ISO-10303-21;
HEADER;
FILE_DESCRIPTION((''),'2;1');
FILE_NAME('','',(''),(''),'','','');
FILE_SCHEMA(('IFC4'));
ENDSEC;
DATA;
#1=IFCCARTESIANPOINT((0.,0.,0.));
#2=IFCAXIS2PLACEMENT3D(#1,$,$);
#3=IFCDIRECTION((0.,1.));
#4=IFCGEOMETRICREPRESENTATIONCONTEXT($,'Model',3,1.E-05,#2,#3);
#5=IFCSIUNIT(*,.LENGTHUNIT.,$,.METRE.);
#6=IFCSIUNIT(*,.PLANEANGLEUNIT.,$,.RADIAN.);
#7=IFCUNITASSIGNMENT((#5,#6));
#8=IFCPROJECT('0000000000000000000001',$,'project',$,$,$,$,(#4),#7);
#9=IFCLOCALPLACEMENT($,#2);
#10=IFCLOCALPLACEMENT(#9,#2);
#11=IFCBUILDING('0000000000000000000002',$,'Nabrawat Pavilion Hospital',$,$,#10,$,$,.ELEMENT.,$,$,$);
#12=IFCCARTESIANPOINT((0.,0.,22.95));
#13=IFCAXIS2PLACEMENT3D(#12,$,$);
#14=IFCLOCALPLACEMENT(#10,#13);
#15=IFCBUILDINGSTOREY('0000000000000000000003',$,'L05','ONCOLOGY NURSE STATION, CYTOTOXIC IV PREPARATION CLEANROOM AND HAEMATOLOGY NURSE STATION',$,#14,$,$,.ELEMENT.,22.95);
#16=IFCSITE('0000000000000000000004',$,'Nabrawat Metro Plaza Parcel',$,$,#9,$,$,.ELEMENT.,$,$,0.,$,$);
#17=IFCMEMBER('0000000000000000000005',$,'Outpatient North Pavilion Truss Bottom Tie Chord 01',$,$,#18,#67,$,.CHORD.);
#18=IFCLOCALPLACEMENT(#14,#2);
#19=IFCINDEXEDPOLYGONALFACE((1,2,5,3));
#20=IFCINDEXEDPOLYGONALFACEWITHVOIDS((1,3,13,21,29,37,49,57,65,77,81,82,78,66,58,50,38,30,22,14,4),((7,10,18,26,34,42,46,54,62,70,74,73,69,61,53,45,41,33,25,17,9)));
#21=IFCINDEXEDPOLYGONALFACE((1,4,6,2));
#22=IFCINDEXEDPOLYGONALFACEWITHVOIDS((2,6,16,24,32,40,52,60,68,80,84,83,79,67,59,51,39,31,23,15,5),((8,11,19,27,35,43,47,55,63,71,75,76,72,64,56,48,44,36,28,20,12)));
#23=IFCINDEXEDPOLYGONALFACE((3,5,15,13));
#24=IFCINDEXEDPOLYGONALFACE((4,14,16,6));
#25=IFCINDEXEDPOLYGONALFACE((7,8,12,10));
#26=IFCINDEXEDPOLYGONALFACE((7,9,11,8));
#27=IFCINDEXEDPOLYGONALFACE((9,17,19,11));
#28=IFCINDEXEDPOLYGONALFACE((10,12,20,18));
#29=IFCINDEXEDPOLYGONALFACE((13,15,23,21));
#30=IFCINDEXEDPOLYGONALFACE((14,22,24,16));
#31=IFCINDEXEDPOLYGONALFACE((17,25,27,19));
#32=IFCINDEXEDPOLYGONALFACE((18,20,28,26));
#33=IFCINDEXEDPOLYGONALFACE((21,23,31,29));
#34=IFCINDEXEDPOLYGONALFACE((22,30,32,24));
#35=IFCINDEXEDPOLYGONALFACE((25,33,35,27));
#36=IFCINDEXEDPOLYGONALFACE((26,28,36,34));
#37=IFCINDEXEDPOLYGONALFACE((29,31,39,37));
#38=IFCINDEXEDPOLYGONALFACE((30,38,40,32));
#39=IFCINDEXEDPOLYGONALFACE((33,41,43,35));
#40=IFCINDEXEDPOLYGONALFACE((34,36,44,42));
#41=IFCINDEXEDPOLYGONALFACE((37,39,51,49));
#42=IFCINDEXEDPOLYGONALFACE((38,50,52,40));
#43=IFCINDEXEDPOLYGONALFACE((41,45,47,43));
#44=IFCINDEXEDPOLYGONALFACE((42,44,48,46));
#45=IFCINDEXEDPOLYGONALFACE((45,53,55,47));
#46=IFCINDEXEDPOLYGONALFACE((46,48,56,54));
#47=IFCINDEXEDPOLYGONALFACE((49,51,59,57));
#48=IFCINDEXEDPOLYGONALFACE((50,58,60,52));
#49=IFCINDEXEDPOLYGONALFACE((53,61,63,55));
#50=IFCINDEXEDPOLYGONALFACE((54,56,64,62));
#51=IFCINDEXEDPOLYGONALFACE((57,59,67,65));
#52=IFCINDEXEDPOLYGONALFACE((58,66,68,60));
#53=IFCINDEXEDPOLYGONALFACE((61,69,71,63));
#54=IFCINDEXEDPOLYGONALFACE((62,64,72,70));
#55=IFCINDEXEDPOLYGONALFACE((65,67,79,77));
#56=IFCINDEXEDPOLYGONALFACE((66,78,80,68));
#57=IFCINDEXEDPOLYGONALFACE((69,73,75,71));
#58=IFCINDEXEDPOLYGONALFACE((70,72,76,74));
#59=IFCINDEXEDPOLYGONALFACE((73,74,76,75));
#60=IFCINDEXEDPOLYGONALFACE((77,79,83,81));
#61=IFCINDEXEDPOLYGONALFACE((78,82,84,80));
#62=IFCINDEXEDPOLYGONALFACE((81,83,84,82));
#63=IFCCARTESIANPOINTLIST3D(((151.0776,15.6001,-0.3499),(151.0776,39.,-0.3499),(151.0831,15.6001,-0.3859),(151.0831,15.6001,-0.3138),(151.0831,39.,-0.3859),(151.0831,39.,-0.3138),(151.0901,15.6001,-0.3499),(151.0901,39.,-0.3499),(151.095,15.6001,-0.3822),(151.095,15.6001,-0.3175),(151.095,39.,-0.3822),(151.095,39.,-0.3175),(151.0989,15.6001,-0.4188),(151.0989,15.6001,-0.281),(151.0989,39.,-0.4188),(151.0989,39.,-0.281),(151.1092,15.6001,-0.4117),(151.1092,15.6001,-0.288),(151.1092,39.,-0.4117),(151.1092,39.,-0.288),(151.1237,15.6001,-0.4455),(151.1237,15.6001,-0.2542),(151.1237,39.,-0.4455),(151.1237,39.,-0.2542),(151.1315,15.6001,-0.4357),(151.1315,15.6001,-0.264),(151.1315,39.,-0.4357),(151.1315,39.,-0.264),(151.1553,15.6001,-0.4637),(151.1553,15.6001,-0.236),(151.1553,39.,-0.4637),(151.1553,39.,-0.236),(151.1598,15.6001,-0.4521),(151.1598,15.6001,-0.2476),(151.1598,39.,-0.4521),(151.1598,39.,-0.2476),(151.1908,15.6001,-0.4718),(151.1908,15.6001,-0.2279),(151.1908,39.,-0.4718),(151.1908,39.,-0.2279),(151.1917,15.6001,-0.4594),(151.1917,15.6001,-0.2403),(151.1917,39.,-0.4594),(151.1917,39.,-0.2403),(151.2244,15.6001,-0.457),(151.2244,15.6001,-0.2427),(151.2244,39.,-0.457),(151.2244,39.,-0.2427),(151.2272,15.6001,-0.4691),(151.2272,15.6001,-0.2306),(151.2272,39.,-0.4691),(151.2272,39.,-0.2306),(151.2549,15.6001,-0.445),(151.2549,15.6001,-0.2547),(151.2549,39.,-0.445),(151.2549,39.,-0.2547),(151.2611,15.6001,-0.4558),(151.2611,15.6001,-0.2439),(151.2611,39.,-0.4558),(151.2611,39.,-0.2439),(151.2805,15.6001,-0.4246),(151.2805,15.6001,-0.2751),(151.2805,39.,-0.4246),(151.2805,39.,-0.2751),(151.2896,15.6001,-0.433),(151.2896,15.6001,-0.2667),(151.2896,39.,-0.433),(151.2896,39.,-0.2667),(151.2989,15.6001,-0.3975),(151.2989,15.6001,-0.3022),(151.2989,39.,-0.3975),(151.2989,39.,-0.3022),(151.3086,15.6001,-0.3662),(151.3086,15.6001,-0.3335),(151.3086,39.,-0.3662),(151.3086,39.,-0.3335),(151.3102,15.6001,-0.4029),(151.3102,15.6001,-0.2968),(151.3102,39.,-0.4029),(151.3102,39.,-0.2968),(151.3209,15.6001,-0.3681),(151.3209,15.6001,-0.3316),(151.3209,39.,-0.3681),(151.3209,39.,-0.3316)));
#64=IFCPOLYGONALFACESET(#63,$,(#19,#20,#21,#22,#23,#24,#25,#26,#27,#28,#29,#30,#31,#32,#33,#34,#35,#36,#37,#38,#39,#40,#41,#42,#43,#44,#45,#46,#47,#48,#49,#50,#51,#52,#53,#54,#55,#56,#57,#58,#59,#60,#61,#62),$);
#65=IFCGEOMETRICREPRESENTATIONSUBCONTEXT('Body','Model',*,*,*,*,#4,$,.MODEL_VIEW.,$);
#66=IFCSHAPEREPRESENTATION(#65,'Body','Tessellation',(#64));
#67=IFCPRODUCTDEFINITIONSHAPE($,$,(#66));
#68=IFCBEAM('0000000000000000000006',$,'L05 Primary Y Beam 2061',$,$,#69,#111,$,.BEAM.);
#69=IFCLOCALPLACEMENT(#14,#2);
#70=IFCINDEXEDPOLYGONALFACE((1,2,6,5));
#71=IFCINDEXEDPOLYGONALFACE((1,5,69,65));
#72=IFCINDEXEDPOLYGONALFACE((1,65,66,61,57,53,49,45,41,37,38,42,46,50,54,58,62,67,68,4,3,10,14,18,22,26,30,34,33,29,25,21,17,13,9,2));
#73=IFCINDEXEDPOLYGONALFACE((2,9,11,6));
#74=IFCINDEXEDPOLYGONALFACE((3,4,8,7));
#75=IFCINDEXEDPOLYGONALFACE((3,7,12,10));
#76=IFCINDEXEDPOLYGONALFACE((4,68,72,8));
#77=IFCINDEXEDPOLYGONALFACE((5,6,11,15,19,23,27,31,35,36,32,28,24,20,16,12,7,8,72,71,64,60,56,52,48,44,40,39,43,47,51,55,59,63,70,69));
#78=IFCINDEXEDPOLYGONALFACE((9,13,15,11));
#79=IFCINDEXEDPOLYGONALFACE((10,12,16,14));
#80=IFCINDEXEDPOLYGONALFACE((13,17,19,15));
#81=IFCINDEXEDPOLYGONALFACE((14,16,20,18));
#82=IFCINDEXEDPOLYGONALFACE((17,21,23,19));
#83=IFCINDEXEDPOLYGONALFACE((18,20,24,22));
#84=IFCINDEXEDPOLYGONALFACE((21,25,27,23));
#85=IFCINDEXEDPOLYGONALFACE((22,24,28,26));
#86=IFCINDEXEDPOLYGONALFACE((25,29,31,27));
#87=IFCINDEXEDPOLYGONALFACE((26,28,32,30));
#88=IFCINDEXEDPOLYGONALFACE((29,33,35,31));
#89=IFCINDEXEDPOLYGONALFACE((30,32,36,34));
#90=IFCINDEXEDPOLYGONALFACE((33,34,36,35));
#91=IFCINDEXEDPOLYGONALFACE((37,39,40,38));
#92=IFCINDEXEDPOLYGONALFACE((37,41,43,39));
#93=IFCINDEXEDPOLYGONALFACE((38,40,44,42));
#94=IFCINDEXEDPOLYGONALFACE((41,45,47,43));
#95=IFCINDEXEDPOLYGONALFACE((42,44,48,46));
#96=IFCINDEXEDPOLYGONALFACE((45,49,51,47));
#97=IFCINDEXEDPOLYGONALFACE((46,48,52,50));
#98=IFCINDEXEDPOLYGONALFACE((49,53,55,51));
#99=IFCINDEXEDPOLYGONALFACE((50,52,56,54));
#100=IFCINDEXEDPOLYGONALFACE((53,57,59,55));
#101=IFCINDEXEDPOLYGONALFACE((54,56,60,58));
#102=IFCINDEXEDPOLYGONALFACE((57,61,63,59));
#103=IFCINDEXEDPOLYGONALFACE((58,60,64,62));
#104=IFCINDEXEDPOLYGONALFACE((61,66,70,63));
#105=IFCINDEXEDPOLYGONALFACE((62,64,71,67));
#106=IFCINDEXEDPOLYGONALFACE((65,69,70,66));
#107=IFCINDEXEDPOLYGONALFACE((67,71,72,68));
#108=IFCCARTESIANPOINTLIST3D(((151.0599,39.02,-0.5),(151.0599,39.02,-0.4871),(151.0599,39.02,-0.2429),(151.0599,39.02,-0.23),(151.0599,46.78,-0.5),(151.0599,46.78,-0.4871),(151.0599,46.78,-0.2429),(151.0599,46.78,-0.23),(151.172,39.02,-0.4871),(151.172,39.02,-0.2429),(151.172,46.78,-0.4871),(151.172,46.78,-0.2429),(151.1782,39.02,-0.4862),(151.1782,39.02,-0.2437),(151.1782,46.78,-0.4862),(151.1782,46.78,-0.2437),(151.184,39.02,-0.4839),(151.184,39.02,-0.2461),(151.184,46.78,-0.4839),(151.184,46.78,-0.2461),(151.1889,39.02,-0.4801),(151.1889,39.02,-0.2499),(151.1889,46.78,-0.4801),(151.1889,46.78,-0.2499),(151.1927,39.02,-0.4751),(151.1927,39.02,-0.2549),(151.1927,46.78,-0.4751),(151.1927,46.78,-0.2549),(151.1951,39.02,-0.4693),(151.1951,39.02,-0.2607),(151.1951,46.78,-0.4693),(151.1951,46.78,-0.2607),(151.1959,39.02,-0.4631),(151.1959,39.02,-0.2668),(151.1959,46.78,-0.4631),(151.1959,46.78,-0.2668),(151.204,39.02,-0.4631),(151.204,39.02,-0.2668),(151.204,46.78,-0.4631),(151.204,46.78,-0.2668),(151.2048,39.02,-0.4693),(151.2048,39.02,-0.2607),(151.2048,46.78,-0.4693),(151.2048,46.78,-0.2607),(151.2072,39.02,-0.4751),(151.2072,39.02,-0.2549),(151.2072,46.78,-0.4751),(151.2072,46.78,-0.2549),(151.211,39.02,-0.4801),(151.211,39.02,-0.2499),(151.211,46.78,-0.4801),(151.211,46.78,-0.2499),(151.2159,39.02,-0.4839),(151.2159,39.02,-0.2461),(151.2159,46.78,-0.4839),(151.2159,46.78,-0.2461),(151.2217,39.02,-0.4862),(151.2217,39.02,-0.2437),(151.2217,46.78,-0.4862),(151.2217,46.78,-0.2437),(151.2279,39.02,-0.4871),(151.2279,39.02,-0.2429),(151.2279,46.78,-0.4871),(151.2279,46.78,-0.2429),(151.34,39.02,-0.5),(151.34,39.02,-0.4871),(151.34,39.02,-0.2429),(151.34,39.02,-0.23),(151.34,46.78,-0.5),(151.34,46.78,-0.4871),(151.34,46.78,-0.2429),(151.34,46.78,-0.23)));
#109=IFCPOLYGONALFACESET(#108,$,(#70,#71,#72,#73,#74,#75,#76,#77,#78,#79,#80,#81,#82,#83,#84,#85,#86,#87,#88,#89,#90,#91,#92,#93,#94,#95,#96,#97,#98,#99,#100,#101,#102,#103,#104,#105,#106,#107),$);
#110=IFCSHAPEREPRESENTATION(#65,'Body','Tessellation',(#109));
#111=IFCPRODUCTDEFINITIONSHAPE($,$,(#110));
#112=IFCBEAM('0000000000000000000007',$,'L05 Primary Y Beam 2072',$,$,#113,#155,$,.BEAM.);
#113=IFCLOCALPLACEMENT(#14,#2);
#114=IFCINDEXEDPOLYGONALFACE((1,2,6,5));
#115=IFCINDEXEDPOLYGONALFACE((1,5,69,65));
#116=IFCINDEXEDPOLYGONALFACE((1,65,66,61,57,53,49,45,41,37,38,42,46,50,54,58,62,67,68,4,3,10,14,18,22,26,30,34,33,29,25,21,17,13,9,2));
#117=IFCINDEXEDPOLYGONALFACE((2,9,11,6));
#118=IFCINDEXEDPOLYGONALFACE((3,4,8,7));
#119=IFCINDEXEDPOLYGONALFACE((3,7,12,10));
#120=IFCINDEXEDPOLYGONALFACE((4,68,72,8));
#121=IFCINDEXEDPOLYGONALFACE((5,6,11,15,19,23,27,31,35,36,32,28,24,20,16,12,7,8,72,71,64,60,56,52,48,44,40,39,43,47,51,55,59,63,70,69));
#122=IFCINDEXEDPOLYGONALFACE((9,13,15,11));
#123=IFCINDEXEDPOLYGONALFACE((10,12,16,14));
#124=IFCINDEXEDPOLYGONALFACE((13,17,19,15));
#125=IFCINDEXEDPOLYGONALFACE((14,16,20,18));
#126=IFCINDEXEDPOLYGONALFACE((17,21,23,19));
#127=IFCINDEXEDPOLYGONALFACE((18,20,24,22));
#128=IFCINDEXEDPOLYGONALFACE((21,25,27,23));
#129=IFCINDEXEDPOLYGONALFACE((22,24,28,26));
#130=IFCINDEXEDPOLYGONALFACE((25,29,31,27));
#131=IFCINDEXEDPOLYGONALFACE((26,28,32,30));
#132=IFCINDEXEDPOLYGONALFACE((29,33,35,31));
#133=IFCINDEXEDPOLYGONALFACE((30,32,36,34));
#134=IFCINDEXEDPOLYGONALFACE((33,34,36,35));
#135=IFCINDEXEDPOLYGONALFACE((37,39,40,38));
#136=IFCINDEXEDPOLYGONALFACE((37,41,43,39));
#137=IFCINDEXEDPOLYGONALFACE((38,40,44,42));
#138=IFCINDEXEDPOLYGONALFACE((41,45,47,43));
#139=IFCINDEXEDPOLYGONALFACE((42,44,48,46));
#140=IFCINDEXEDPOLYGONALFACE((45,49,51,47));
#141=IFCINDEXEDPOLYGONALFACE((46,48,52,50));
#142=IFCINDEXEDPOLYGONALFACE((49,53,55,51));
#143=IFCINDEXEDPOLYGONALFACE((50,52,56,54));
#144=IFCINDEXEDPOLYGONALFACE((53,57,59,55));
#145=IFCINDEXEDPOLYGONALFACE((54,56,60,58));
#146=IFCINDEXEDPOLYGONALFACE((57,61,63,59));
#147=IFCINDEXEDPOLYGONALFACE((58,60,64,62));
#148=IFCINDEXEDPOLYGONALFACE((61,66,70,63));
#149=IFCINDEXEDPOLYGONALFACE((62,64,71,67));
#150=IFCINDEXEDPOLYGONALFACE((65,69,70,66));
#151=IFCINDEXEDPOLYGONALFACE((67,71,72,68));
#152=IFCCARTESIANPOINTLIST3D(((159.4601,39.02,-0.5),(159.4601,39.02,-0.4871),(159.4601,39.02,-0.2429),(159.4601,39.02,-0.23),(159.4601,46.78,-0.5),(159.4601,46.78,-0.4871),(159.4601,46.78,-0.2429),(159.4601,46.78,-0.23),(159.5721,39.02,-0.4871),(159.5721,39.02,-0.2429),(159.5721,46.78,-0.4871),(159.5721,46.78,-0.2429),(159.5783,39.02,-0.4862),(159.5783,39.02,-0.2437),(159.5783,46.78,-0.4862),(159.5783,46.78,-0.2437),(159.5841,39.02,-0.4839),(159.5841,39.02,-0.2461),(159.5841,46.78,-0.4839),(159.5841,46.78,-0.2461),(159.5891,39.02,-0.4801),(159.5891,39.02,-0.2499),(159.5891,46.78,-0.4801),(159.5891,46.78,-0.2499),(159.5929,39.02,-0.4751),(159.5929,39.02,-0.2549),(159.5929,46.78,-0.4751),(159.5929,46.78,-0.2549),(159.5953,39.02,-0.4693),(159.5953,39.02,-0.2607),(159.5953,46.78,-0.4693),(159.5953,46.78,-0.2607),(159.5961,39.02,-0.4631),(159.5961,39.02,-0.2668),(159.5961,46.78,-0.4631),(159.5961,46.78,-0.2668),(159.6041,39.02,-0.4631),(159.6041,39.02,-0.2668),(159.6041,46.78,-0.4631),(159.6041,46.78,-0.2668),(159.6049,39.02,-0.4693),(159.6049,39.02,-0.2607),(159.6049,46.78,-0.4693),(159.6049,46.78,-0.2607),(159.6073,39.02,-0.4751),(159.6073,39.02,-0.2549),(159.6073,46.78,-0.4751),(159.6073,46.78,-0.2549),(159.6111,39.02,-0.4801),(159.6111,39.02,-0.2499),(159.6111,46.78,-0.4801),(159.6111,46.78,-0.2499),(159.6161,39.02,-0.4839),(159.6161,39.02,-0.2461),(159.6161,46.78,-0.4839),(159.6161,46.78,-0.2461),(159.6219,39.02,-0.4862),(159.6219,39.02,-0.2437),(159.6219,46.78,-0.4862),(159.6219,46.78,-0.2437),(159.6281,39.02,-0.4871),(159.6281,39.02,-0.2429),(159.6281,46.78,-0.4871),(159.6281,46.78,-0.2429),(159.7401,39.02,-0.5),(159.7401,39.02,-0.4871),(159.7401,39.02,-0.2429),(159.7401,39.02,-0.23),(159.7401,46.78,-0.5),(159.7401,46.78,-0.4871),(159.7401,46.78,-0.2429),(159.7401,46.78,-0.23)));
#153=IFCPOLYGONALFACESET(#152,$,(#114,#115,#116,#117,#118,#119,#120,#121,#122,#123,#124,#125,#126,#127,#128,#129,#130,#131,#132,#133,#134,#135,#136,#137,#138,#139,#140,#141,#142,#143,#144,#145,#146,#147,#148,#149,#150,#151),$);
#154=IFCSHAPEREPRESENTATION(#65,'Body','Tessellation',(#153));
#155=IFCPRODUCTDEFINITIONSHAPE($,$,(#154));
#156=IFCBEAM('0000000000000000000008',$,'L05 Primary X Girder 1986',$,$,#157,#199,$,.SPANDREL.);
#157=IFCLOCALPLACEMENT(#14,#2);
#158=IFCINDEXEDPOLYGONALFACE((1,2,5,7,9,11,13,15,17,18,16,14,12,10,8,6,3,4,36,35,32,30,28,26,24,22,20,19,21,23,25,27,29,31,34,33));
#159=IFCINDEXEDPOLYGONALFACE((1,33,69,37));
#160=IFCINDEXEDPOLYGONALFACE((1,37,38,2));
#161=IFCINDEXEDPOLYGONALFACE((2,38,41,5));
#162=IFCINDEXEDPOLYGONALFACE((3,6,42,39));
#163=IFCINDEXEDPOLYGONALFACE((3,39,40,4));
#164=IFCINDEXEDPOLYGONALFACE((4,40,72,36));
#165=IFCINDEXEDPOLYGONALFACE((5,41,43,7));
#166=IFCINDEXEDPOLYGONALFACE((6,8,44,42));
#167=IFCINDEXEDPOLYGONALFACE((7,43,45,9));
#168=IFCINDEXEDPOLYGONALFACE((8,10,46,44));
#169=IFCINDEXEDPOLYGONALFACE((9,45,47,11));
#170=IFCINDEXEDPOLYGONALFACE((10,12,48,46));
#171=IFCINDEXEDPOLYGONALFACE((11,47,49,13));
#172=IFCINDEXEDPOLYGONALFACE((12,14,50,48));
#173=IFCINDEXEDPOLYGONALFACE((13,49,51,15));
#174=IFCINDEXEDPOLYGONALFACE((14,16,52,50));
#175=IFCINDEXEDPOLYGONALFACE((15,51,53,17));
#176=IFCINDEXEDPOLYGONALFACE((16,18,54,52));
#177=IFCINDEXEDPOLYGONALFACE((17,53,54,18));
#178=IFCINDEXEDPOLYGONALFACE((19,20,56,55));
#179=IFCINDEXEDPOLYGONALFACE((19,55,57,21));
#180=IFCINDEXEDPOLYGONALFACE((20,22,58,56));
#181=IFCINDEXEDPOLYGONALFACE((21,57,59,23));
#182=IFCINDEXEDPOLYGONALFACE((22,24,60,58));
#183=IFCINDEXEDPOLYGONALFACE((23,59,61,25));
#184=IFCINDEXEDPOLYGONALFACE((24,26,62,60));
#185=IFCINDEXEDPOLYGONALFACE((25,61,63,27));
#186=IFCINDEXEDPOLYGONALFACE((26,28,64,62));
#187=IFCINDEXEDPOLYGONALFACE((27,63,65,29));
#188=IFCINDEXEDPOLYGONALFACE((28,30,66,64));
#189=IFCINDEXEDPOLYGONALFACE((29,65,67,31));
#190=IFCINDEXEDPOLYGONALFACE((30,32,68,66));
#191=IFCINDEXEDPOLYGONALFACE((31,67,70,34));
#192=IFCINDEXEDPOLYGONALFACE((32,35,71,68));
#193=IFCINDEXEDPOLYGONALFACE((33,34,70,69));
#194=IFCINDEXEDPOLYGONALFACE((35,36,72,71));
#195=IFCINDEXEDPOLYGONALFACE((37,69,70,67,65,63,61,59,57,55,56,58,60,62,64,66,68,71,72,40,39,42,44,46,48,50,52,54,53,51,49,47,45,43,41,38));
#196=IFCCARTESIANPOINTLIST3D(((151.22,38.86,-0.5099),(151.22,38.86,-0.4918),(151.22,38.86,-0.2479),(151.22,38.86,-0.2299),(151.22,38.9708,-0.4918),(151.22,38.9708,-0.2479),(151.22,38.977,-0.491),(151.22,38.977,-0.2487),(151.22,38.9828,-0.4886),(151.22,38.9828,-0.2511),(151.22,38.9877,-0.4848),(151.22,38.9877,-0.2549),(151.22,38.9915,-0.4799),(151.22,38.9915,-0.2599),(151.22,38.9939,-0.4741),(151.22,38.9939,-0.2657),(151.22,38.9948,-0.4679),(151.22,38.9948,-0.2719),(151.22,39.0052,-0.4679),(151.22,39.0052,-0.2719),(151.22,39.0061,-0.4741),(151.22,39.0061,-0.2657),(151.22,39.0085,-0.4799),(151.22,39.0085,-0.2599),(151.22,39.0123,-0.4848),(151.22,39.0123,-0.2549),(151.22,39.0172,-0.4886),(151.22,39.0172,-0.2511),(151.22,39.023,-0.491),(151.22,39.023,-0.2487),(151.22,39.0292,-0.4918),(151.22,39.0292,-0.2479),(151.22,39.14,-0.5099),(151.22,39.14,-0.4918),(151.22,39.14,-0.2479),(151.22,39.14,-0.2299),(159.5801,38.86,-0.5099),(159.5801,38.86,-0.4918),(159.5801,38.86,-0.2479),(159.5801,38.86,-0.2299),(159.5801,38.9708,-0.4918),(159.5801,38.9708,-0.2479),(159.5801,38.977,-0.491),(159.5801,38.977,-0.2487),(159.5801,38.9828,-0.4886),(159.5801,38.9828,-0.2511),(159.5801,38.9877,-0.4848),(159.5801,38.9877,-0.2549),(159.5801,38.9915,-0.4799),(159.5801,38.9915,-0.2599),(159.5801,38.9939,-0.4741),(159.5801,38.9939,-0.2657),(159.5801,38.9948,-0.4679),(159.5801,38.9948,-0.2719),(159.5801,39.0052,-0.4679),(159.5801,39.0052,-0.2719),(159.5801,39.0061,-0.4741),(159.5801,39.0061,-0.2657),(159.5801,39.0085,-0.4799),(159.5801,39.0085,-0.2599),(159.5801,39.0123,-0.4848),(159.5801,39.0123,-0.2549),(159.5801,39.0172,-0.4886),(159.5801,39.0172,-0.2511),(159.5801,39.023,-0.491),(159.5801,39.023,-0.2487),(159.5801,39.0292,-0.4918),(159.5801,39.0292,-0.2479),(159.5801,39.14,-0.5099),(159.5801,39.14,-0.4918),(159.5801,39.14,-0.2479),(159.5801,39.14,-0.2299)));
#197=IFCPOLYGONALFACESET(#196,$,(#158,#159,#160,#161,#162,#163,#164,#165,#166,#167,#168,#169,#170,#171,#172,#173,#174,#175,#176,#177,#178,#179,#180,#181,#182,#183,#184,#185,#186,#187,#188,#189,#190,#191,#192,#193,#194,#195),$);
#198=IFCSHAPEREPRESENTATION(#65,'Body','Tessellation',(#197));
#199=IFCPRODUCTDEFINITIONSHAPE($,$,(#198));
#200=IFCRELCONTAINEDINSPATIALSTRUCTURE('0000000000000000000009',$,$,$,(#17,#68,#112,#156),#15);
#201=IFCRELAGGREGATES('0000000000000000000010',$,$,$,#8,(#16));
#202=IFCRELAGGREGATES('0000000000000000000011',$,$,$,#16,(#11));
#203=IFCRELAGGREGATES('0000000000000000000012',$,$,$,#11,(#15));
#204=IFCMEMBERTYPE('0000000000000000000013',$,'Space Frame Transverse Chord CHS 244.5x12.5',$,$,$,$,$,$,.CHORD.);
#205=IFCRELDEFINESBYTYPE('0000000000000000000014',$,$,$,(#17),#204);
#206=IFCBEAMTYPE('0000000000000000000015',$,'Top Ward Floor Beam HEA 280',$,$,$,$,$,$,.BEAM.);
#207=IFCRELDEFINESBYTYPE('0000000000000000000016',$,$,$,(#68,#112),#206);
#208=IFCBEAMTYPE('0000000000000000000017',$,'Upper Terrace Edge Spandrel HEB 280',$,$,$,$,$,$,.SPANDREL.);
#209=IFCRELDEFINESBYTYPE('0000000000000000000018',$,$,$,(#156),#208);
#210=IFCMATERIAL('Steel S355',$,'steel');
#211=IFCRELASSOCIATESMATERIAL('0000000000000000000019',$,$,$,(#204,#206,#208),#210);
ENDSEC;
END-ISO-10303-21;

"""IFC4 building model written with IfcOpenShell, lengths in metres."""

from ifc_helpers import new_model, si_unit, direction, frame, origin, origin_2d, place, context, subcontext, project, spatial, hollow_circle, i_section, extrude, material, material_profile, profile_set, type_object, element, save


model = new_model("IFC4")

# Units and contexts
model_context = context("Model", 3, precision=1e-05, world=origin(), true_north=direction((0.0, 1.0)))
body_context = subcontext(model_context, "Body", "Model", "MODEL_VIEW")
ifc_project = project(units=[si_unit("LENGTHUNIT", "METRE"), si_unit("PLANEANGLEUNIT", "RADIAN")], contexts=[model_context])

# Site, building, storey
site_placement = place(None, origin())
site = spatial("IfcSite", under=ifc_project, at=site_placement, Name="Nabrawat Metro Plaza Parcel", CompositionType="ELEMENT", RefElevation=0.0)
building_placement = place(site_placement, origin())
building = spatial("IfcBuilding", under=site, at=building_placement, Name="Nabrawat Pavilion Hospital", CompositionType="ELEMENT")
storey_placement = place(building_placement, frame((0.0, 0.0, 22.95)))
storey = spatial("IfcBuildingStorey", under=building, at=storey_placement, Name="L05", Description="ONCOLOGY NURSE STATION, CYTOTOXIC IV PREPARATION CLEANROOM AND HAEMATOLOGY NURSE STATION", CompositionType="ELEMENT", Elevation=22.95)

# Member
ifc_material_1 = material(Name="Steel S355", Category="steel")
ifc_material_profile_1 = material_profile(ifc_material_1, hollow_circle(Radius=0.1223, WallThickness=0.0125, at=origin_2d()), Name="CHS 244.5x12.5")
ifc_profile_set_1 = profile_set([ifc_material_profile_1], Name="Steel S355")
member_type_1 = type_object("IfcMemberType", Name="Space Frame Transverse Chord CHS 244.5x12.5", PredefinedType="CHORD", material=ifc_profile_set_1)
member_1_placement = place(storey_placement, frame((151.2, 15.6001, -0.3499), z_axis=(0.0, 1.0, 0.0), x_axis=(-1.0, 0.0, 0.0)))
element("IfcMember", 1, at=member_1_placement, inside=storey, type_object=member_type_1, Name="Outpatient North Pavilion Truss Bottom Tie Chord 01", PredefinedType="CHORD", context=body_context, shape_type="SweptSolid", body=[
    extrude(hollow_circle(Radius=0.1223, WallThickness=0.0125, at=origin_2d()), origin(), (0.0, 0.0, 1.0), 23.3999),
])

# Beams
ifc_material_profile_2 = material_profile(ifc_material_1, i_section(OverallWidth=0.28, OverallDepth=0.27, WebThickness=0.0081, FlangeThickness=0.0129, FilletRadius=0.0239, at=origin_2d()), Name="HEA 280")
ifc_profile_set_2 = profile_set([ifc_material_profile_2], Name="Steel S355")
beam_type_1 = type_object("IfcBeamType", Name="Top Ward Floor Beam HEA 280", PredefinedType="BEAM", material=ifc_profile_set_2)
for number, where, z_axis, x_axis, name in (
    (2, (151.2, 39.02, -0.365), (0.0, 1.0, 0.0), (-1.0, 0.0, 0.0), "L05 Primary Y Beam 2061"),
    (3, (159.6001, 39.02, -0.365), (0.0, 1.0, 0.0), (-1.0, 0.0, 0.0), "L05 Primary Y Beam 2072"),
):
    element("IfcBeam", number, at=place(storey_placement, frame(where, z_axis=z_axis, x_axis=x_axis)), inside=storey, type_object=beam_type_1, Name=name, PredefinedType="BEAM", context=body_context, shape_type="SweptSolid", body=[
        extrude(i_section(OverallWidth=0.28, OverallDepth=0.27, WebThickness=0.0081, FlangeThickness=0.0129, FilletRadius=0.0239, at=origin_2d()), origin(), (0.0, 0.0, 1.0), 7.76),
    ])
ifc_material_profile_3 = material_profile(ifc_material_1, i_section(OverallWidth=0.28, OverallDepth=0.28, WebThickness=0.0105, FlangeThickness=0.0181, FilletRadius=0.0239, at=origin_2d()), Name="HEB 280")
ifc_profile_set_3 = profile_set([ifc_material_profile_3], Name="Steel S355")
beam_type_2 = type_object("IfcBeamType", Name="Upper Terrace Edge Spandrel HEB 280", PredefinedType="SPANDREL", material=ifc_profile_set_3)
beam_placement = place(storey_placement, frame((151.22, 39.0, -0.3699), z_axis=(1.0, 0.0, 0.0), x_axis=(0.0, 1.0, 0.0)))
element("IfcBeam", 4, at=beam_placement, inside=storey, type_object=beam_type_2, Name="L05 Primary X Girder 1986", PredefinedType="SPANDREL", context=body_context, shape_type="SweptSolid", body=[
    extrude(i_section(OverallWidth=0.28, OverallDepth=0.28, WebThickness=0.0105, FlangeThickness=0.0181, FilletRadius=0.0239, at=origin_2d()), origin(), (0.0, 0.0, 1.0), 8.3601),
])

save(model, "model.ifc")
